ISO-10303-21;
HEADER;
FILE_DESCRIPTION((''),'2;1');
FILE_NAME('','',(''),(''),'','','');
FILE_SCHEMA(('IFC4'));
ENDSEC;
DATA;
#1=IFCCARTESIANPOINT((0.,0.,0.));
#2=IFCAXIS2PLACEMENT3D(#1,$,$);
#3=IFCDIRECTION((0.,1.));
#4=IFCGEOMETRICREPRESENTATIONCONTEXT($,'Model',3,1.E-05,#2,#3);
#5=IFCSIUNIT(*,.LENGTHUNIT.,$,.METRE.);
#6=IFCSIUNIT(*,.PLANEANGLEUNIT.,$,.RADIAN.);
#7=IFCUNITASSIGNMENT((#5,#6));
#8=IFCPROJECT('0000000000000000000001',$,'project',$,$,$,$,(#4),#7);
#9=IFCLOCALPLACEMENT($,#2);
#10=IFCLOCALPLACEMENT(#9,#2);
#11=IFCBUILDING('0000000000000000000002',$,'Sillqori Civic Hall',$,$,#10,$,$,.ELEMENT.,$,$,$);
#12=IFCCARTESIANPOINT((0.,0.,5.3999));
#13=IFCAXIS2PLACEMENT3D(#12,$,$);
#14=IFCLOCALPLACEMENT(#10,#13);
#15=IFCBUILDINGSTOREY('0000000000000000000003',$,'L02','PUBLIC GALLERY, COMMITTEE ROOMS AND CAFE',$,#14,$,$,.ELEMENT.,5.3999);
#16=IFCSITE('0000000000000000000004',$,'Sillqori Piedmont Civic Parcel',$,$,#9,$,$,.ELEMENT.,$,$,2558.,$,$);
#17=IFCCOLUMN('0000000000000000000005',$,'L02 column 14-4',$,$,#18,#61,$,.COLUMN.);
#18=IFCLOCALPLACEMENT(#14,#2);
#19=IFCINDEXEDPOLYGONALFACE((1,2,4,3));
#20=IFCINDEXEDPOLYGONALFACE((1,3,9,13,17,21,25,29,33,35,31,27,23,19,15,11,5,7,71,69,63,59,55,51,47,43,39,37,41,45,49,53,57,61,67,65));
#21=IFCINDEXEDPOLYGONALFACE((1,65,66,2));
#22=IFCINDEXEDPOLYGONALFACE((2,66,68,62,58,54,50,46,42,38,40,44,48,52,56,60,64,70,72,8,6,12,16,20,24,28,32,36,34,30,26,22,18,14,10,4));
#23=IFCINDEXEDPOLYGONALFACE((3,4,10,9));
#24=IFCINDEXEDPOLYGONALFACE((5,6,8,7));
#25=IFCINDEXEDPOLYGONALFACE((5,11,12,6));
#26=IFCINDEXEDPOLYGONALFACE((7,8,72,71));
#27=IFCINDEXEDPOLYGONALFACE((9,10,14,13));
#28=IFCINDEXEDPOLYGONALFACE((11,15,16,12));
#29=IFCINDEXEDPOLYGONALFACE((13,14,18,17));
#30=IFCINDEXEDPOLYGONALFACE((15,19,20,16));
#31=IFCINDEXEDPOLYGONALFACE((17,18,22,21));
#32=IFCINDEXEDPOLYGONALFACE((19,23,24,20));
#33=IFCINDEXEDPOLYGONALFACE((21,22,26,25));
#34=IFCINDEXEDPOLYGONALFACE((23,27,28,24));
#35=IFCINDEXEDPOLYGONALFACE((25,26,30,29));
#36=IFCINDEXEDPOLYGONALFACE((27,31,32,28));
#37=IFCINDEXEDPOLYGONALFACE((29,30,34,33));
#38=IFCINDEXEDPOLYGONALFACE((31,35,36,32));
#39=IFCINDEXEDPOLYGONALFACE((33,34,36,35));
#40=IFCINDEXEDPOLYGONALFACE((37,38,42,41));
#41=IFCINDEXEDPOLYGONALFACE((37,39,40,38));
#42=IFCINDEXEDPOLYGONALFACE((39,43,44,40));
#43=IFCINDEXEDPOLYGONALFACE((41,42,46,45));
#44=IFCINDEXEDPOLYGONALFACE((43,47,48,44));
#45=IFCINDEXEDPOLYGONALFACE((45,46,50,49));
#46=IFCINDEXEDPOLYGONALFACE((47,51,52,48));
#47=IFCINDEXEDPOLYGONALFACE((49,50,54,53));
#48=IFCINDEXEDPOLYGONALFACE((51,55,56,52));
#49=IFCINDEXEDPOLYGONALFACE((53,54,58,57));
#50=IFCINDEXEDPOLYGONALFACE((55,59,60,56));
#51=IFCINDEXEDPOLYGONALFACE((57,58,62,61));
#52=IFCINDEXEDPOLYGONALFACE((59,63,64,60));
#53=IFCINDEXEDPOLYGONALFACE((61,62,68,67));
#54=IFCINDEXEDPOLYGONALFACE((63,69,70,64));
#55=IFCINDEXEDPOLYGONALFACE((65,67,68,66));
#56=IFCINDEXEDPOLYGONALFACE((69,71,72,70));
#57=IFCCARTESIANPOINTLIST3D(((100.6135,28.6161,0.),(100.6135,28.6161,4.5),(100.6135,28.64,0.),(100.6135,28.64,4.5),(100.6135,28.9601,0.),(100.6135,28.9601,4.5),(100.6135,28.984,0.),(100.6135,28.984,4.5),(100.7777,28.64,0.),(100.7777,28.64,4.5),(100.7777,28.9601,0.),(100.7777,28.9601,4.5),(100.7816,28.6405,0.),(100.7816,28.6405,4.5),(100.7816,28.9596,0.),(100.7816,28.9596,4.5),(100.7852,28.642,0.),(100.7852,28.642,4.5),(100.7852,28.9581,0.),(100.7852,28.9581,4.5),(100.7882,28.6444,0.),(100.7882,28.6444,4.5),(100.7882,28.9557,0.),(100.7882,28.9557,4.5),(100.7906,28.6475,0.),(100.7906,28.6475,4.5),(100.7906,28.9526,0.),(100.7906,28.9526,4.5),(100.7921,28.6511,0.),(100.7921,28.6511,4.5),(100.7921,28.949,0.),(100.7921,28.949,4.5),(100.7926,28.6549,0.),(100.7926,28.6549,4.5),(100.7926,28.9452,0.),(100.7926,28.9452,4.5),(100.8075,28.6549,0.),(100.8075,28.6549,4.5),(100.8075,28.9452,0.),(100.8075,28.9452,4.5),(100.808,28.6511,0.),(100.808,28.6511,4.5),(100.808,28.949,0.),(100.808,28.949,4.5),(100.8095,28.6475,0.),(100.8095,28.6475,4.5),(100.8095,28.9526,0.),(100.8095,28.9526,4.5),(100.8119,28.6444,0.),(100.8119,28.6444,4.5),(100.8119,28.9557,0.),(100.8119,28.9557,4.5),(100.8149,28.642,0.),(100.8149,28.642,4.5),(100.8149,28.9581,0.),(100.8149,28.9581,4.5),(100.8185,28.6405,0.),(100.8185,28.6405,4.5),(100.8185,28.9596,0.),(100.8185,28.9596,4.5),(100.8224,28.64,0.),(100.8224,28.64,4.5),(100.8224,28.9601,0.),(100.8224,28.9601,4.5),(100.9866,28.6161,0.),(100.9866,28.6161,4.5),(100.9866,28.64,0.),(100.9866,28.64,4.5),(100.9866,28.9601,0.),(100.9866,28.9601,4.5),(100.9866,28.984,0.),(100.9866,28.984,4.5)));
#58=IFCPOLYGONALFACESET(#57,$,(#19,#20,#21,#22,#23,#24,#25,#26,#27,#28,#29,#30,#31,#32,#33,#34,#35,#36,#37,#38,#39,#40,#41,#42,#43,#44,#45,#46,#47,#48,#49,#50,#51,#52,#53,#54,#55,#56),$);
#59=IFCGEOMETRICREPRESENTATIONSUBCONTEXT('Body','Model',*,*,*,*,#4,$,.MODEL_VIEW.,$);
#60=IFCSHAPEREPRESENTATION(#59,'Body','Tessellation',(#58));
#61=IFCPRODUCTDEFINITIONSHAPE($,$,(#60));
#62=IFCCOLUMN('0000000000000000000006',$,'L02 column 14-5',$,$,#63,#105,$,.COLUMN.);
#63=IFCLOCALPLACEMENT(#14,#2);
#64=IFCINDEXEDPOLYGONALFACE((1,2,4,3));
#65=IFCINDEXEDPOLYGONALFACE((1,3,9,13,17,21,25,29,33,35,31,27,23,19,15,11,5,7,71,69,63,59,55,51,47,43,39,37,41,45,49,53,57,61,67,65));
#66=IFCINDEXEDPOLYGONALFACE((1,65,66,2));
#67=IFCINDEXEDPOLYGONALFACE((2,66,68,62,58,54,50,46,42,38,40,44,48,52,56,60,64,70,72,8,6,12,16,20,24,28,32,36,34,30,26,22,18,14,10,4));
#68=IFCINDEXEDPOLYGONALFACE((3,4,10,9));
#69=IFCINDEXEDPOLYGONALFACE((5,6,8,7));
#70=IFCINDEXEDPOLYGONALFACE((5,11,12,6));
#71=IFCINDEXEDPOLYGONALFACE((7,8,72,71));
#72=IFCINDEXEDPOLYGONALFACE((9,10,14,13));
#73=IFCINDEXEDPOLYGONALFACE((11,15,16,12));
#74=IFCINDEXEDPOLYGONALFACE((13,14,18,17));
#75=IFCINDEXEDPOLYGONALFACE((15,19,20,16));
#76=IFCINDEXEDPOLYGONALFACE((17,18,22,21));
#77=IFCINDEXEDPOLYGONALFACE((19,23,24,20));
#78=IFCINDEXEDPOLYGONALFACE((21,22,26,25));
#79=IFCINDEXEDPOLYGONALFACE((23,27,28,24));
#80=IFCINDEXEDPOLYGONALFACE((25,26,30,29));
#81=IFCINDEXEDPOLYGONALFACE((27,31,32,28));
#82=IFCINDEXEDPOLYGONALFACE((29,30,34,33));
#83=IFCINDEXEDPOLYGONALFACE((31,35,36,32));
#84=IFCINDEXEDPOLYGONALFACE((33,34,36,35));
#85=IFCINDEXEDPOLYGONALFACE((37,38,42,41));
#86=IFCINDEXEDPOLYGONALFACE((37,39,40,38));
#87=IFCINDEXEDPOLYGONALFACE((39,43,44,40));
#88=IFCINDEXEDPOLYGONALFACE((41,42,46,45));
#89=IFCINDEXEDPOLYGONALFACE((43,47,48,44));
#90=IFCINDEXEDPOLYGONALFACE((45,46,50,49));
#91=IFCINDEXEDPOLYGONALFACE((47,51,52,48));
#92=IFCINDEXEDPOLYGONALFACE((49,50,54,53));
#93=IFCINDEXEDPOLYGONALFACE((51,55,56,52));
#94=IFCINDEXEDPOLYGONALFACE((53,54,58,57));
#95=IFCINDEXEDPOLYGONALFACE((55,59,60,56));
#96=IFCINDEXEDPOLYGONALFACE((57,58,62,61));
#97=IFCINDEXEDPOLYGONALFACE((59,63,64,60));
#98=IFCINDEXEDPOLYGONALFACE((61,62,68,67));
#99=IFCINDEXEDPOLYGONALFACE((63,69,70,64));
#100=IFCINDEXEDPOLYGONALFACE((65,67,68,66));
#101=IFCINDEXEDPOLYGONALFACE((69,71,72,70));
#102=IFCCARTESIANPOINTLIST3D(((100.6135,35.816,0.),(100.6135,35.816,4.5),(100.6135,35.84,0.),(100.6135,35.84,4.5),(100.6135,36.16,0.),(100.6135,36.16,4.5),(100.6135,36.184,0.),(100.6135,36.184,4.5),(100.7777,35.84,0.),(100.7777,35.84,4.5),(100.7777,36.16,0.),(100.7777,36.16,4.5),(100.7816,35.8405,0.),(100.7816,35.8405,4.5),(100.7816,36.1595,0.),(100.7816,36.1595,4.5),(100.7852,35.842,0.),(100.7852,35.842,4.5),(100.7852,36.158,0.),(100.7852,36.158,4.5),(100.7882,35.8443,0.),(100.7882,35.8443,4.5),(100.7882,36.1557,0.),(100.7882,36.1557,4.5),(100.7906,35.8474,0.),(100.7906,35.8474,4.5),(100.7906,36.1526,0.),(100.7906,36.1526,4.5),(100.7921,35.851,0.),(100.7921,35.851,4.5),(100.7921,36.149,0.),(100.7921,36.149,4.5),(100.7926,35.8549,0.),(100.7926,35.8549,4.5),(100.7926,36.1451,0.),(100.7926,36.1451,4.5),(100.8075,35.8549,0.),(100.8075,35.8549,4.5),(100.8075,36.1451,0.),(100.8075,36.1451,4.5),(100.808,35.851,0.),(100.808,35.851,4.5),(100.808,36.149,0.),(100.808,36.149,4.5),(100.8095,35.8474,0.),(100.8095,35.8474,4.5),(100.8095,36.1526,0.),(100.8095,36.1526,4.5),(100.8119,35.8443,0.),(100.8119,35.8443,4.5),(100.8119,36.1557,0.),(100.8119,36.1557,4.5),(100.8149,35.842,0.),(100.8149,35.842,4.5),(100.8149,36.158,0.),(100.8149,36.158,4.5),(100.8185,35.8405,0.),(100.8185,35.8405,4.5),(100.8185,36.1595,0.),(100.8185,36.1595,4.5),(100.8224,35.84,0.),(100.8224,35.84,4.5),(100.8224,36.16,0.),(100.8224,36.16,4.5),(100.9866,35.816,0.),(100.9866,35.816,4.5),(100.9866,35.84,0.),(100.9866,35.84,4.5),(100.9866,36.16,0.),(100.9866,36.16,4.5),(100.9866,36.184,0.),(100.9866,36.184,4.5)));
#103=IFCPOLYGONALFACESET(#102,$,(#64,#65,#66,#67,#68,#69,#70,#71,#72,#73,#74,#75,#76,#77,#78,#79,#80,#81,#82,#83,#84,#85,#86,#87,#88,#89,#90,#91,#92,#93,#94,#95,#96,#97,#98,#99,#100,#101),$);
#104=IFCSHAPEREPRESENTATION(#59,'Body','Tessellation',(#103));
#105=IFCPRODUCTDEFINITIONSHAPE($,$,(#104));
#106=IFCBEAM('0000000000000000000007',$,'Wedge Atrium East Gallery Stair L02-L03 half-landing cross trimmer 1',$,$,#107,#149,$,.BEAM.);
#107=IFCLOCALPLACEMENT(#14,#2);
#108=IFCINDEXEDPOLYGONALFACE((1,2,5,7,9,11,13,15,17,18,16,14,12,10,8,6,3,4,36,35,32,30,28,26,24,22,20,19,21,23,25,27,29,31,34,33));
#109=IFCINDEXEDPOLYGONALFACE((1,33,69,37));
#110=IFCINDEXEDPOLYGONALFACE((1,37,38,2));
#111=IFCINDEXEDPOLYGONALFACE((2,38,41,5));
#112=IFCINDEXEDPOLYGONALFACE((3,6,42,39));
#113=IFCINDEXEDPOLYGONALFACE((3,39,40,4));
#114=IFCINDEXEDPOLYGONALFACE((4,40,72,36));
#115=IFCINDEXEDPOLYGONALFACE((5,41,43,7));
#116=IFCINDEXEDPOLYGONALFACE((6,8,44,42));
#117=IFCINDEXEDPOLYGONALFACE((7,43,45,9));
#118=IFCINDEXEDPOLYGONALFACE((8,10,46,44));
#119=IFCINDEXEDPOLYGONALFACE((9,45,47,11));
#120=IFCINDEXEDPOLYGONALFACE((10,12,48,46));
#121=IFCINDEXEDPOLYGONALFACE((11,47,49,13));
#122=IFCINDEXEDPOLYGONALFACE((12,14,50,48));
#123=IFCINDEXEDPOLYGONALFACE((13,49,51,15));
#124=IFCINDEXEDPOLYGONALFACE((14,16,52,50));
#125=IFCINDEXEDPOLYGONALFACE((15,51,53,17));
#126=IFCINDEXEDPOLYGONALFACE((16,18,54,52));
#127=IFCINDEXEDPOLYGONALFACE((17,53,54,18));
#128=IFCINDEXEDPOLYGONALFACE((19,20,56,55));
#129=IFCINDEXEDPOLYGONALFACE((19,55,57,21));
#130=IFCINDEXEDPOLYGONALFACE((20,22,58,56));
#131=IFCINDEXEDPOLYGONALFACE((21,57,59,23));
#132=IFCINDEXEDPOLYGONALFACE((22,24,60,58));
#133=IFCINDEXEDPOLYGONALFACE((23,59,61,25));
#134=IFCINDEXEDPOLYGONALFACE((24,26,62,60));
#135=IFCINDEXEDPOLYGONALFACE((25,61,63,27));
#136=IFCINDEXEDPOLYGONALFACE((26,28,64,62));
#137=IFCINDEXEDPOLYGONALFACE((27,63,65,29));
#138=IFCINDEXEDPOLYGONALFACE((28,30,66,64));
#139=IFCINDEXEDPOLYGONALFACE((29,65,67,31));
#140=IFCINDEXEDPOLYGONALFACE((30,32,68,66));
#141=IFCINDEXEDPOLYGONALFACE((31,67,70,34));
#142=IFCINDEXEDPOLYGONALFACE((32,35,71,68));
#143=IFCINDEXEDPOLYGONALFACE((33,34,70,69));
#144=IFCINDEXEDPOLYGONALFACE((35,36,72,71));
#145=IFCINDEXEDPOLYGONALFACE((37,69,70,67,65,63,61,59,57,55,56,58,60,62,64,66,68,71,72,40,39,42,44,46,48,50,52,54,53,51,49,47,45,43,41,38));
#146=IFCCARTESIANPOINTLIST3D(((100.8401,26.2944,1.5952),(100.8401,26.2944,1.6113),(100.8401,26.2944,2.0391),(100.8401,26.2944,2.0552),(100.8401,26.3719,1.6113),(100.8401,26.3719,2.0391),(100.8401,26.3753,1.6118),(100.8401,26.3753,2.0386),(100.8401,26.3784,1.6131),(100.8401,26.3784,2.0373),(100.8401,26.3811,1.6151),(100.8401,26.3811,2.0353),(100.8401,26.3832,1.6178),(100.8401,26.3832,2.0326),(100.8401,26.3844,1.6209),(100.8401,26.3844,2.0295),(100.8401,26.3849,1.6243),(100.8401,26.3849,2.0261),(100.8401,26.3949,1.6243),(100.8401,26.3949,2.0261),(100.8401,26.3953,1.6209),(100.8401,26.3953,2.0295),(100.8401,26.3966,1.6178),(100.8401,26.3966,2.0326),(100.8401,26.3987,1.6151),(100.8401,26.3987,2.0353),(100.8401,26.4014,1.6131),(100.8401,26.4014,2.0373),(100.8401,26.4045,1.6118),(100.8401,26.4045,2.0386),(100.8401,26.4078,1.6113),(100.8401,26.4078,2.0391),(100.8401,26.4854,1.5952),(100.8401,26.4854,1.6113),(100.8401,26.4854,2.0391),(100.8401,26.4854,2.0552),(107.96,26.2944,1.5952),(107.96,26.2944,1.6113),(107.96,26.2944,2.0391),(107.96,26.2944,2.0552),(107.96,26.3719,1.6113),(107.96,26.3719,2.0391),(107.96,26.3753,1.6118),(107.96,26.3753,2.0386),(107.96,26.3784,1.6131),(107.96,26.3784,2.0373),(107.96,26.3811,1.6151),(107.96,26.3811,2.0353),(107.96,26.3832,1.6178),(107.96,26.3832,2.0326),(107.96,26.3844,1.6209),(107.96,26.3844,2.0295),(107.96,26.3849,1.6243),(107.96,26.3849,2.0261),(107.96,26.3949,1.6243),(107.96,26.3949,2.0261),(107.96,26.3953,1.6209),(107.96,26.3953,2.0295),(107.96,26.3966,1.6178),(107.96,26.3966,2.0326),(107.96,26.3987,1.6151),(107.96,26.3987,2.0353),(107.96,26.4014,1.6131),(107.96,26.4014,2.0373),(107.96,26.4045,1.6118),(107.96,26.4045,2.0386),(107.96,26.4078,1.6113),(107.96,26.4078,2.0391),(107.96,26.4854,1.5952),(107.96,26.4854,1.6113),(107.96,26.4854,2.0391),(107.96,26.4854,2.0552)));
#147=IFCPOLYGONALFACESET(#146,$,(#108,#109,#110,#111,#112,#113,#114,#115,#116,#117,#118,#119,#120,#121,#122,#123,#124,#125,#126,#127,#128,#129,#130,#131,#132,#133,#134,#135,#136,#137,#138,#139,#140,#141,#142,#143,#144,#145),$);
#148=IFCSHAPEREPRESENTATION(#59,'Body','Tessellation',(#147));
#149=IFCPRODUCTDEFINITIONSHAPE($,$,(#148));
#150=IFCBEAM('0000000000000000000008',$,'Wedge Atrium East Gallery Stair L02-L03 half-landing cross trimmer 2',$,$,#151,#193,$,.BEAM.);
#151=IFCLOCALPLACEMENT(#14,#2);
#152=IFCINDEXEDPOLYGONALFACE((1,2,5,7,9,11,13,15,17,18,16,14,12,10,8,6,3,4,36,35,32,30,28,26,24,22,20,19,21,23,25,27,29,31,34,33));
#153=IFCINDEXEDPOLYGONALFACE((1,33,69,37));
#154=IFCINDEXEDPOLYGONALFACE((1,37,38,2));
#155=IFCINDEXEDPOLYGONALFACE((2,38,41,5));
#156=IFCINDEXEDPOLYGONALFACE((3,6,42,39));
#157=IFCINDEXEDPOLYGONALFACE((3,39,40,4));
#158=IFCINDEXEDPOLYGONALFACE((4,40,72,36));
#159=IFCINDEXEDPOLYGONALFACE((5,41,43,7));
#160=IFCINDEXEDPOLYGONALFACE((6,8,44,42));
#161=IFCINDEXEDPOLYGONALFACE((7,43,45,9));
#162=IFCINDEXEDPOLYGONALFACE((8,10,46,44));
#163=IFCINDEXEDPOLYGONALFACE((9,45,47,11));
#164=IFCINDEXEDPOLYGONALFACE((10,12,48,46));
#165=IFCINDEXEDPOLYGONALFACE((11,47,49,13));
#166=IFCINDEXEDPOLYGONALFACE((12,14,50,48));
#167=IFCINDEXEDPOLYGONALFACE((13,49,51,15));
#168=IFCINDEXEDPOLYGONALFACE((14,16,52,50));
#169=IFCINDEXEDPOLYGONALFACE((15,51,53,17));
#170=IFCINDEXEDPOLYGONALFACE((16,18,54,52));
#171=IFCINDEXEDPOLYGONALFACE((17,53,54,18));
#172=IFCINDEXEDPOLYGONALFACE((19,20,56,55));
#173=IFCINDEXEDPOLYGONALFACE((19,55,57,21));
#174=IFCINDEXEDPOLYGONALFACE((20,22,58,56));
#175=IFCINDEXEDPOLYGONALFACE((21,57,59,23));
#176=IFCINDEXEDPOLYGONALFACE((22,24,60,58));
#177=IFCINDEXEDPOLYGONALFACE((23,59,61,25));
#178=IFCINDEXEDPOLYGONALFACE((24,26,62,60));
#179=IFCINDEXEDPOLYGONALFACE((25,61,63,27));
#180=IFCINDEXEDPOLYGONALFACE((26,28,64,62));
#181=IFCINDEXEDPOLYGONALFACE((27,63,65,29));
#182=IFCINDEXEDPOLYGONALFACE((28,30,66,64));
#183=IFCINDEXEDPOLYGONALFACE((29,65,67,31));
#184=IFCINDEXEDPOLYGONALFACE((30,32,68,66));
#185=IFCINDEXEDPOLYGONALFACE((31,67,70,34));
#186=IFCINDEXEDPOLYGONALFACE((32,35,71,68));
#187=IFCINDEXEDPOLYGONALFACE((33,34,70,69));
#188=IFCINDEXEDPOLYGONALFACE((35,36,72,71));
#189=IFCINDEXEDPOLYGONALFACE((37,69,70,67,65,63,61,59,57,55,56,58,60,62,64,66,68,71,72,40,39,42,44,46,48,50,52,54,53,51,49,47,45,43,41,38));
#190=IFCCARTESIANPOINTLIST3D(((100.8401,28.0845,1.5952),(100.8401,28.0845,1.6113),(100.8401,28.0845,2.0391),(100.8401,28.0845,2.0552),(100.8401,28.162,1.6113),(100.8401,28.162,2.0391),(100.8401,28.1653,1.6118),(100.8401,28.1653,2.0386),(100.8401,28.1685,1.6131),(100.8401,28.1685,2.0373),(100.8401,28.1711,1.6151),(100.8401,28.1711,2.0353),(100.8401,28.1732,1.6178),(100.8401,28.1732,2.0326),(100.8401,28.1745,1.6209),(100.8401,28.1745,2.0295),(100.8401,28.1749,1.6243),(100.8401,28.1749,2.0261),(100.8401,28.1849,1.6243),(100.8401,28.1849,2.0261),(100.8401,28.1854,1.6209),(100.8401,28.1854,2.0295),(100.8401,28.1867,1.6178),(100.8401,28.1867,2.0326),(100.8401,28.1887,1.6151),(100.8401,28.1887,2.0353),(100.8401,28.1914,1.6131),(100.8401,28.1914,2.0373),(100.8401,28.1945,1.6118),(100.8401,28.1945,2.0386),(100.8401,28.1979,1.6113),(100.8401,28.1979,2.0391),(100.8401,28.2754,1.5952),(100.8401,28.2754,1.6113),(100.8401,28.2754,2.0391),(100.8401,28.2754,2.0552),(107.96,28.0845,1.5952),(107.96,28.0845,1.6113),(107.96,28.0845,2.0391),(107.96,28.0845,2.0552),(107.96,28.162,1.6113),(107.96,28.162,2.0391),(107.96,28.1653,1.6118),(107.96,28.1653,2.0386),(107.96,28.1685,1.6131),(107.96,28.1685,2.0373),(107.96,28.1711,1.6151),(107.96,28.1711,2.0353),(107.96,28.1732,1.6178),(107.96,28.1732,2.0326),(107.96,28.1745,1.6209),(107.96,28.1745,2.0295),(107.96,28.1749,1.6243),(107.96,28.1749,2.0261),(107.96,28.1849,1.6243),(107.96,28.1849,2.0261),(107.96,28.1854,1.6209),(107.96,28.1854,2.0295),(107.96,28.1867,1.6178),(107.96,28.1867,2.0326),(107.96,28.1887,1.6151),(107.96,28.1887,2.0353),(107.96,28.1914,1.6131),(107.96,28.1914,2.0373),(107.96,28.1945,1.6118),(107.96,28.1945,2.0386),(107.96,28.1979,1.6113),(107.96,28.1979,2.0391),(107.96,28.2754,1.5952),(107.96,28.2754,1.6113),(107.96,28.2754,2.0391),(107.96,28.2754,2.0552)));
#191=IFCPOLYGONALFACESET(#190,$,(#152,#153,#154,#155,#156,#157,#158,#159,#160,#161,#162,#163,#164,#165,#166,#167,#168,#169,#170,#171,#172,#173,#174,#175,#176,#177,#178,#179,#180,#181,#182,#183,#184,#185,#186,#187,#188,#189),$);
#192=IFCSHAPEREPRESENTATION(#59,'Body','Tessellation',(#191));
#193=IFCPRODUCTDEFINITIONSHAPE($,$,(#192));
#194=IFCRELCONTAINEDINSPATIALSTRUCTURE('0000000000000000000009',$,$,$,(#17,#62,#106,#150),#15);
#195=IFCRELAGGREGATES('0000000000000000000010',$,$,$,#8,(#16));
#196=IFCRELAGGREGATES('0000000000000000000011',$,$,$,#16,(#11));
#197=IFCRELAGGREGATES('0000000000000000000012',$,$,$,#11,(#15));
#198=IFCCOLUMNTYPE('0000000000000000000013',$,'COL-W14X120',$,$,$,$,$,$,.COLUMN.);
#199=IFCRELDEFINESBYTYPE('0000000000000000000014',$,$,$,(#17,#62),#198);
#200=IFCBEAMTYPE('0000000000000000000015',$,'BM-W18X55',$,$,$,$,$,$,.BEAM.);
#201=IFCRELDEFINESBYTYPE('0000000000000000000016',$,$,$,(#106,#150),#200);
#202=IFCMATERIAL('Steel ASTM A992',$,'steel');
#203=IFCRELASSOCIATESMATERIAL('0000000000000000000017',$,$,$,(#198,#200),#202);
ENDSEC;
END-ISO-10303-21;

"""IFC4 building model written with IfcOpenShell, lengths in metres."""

from ifc_helpers import new_model, si_unit, direction, frame, origin, origin_2d, place, context, subcontext, project, spatial, i_section, extrude, material, material_profile, profile_set, type_object, element, save


model = new_model("IFC4")

# Units and contexts
model_context = context("Model", 3, precision=1e-05, world=origin(), true_north=direction((0.0, 1.0)))
body_context = subcontext(model_context, "Body", "Model", "MODEL_VIEW")
ifc_project = project(units=[si_unit("LENGTHUNIT", "METRE"), si_unit("PLANEANGLEUNIT", "RADIAN")], contexts=[model_context])

# Site, building, storey
site_placement = place(None, origin())
site = spatial("IfcSite", under=ifc_project, at=site_placement, Name="Sillqori Piedmont Civic Parcel", CompositionType="ELEMENT", RefElevation=2558.0)
building_placement = place(site_placement, origin())
building = spatial("IfcBuilding", under=site, at=building_placement, Name="Sillqori Civic Hall", CompositionType="ELEMENT")
storey_placement = place(building_placement, frame((0.0, 0.0, 5.3999)))
storey = spatial("IfcBuildingStorey", under=building, at=storey_placement, Name="L02", Description="PUBLIC GALLERY, COMMITTEE ROOMS AND CAFE", CompositionType="ELEMENT", Elevation=5.3999)

# Columns
ifc_material_1 = material(Name="Steel ASTM A992", Category="steel")
ifc_material_profile_1 = material_profile(ifc_material_1, i_section(OverallWidth=0.373, OverallDepth=0.3679, WebThickness=0.0149, FlangeThickness=0.0239, FilletRadius=0.0149, at=origin_2d()), Name="W14X120")
ifc_profile_set_1 = profile_set([ifc_material_profile_1], Name="Steel ASTM A992")
column_type = type_object("IfcColumnType", Name="COL-W14X120", PredefinedType="COLUMN", material=ifc_profile_set_1)
for number, where, z_axis, x_axis, name in (
    (1, (100.8, 28.8, 0.0), (0.0, 0.0, 1.0), (1.0, 0.0, 0.0), "L02 column 14-4"),
    (2, (100.8, 36.0, 0.0), (0.0, 0.0, 1.0), (1.0, 0.0, 0.0), "L02 column 14-5"),
):
    element("IfcColumn", number, at=place(storey_placement, frame(where, z_axis=z_axis, x_axis=x_axis)), inside=storey, type_object=column_type, Name=name, PredefinedType="COLUMN", context=body_context, shape_type="SweptSolid", body=[
        extrude(i_section(OverallWidth=0.373, OverallDepth=0.3679, WebThickness=0.0149, FlangeThickness=0.0239, FilletRadius=0.0149, at=origin_2d()), origin(), (0.0, 0.0, 1.0), 4.5),
    ])

# Beams
ifc_material_profile_2 = material_profile(ifc_material_1, i_section(OverallWidth=0.1909, OverallDepth=0.46, WebThickness=0.01, FlangeThickness=0.0161, FilletRadius=0.0129, at=origin_2d()), Name="W18X55")
ifc_profile_set_2 = profile_set([ifc_material_profile_2], Name="Steel ASTM A992")
beam_type_1 = type_object("IfcBeamType", Name="BM-W18X55", PredefinedType="BEAM", material=ifc_profile_set_2)
for number, where, z_axis, x_axis, name in (
    (3, (100.8401, 26.3899, 1.8252), (1.0, 0.0, 0.0), (0.0, 1.0, 0.0), "Wedge Atrium East Gallery Stair L02-L03 half-landing cross trimmer 1"),
    (4, (100.8401, 28.1799, 1.8252), (1.0, 0.0, 0.0), (0.0, 1.0, 0.0), "Wedge Atrium East Gallery Stair L02-L03 half-landing cross trimmer 2"),
):
    element("IfcBeam", number, at=place(storey_placement, frame(where, z_axis=z_axis, x_axis=x_axis)), inside=storey, type_object=beam_type_1, Name=name, PredefinedType="BEAM", context=body_context, shape_type="SweptSolid", body=[
        extrude(i_section(OverallWidth=0.1909, OverallDepth=0.46, WebThickness=0.01, FlangeThickness=0.0161, FilletRadius=0.0129, at=origin_2d()), origin(), (0.0, 0.0, 1.0), 7.1199),
    ])

save(model, "model.ifc")
